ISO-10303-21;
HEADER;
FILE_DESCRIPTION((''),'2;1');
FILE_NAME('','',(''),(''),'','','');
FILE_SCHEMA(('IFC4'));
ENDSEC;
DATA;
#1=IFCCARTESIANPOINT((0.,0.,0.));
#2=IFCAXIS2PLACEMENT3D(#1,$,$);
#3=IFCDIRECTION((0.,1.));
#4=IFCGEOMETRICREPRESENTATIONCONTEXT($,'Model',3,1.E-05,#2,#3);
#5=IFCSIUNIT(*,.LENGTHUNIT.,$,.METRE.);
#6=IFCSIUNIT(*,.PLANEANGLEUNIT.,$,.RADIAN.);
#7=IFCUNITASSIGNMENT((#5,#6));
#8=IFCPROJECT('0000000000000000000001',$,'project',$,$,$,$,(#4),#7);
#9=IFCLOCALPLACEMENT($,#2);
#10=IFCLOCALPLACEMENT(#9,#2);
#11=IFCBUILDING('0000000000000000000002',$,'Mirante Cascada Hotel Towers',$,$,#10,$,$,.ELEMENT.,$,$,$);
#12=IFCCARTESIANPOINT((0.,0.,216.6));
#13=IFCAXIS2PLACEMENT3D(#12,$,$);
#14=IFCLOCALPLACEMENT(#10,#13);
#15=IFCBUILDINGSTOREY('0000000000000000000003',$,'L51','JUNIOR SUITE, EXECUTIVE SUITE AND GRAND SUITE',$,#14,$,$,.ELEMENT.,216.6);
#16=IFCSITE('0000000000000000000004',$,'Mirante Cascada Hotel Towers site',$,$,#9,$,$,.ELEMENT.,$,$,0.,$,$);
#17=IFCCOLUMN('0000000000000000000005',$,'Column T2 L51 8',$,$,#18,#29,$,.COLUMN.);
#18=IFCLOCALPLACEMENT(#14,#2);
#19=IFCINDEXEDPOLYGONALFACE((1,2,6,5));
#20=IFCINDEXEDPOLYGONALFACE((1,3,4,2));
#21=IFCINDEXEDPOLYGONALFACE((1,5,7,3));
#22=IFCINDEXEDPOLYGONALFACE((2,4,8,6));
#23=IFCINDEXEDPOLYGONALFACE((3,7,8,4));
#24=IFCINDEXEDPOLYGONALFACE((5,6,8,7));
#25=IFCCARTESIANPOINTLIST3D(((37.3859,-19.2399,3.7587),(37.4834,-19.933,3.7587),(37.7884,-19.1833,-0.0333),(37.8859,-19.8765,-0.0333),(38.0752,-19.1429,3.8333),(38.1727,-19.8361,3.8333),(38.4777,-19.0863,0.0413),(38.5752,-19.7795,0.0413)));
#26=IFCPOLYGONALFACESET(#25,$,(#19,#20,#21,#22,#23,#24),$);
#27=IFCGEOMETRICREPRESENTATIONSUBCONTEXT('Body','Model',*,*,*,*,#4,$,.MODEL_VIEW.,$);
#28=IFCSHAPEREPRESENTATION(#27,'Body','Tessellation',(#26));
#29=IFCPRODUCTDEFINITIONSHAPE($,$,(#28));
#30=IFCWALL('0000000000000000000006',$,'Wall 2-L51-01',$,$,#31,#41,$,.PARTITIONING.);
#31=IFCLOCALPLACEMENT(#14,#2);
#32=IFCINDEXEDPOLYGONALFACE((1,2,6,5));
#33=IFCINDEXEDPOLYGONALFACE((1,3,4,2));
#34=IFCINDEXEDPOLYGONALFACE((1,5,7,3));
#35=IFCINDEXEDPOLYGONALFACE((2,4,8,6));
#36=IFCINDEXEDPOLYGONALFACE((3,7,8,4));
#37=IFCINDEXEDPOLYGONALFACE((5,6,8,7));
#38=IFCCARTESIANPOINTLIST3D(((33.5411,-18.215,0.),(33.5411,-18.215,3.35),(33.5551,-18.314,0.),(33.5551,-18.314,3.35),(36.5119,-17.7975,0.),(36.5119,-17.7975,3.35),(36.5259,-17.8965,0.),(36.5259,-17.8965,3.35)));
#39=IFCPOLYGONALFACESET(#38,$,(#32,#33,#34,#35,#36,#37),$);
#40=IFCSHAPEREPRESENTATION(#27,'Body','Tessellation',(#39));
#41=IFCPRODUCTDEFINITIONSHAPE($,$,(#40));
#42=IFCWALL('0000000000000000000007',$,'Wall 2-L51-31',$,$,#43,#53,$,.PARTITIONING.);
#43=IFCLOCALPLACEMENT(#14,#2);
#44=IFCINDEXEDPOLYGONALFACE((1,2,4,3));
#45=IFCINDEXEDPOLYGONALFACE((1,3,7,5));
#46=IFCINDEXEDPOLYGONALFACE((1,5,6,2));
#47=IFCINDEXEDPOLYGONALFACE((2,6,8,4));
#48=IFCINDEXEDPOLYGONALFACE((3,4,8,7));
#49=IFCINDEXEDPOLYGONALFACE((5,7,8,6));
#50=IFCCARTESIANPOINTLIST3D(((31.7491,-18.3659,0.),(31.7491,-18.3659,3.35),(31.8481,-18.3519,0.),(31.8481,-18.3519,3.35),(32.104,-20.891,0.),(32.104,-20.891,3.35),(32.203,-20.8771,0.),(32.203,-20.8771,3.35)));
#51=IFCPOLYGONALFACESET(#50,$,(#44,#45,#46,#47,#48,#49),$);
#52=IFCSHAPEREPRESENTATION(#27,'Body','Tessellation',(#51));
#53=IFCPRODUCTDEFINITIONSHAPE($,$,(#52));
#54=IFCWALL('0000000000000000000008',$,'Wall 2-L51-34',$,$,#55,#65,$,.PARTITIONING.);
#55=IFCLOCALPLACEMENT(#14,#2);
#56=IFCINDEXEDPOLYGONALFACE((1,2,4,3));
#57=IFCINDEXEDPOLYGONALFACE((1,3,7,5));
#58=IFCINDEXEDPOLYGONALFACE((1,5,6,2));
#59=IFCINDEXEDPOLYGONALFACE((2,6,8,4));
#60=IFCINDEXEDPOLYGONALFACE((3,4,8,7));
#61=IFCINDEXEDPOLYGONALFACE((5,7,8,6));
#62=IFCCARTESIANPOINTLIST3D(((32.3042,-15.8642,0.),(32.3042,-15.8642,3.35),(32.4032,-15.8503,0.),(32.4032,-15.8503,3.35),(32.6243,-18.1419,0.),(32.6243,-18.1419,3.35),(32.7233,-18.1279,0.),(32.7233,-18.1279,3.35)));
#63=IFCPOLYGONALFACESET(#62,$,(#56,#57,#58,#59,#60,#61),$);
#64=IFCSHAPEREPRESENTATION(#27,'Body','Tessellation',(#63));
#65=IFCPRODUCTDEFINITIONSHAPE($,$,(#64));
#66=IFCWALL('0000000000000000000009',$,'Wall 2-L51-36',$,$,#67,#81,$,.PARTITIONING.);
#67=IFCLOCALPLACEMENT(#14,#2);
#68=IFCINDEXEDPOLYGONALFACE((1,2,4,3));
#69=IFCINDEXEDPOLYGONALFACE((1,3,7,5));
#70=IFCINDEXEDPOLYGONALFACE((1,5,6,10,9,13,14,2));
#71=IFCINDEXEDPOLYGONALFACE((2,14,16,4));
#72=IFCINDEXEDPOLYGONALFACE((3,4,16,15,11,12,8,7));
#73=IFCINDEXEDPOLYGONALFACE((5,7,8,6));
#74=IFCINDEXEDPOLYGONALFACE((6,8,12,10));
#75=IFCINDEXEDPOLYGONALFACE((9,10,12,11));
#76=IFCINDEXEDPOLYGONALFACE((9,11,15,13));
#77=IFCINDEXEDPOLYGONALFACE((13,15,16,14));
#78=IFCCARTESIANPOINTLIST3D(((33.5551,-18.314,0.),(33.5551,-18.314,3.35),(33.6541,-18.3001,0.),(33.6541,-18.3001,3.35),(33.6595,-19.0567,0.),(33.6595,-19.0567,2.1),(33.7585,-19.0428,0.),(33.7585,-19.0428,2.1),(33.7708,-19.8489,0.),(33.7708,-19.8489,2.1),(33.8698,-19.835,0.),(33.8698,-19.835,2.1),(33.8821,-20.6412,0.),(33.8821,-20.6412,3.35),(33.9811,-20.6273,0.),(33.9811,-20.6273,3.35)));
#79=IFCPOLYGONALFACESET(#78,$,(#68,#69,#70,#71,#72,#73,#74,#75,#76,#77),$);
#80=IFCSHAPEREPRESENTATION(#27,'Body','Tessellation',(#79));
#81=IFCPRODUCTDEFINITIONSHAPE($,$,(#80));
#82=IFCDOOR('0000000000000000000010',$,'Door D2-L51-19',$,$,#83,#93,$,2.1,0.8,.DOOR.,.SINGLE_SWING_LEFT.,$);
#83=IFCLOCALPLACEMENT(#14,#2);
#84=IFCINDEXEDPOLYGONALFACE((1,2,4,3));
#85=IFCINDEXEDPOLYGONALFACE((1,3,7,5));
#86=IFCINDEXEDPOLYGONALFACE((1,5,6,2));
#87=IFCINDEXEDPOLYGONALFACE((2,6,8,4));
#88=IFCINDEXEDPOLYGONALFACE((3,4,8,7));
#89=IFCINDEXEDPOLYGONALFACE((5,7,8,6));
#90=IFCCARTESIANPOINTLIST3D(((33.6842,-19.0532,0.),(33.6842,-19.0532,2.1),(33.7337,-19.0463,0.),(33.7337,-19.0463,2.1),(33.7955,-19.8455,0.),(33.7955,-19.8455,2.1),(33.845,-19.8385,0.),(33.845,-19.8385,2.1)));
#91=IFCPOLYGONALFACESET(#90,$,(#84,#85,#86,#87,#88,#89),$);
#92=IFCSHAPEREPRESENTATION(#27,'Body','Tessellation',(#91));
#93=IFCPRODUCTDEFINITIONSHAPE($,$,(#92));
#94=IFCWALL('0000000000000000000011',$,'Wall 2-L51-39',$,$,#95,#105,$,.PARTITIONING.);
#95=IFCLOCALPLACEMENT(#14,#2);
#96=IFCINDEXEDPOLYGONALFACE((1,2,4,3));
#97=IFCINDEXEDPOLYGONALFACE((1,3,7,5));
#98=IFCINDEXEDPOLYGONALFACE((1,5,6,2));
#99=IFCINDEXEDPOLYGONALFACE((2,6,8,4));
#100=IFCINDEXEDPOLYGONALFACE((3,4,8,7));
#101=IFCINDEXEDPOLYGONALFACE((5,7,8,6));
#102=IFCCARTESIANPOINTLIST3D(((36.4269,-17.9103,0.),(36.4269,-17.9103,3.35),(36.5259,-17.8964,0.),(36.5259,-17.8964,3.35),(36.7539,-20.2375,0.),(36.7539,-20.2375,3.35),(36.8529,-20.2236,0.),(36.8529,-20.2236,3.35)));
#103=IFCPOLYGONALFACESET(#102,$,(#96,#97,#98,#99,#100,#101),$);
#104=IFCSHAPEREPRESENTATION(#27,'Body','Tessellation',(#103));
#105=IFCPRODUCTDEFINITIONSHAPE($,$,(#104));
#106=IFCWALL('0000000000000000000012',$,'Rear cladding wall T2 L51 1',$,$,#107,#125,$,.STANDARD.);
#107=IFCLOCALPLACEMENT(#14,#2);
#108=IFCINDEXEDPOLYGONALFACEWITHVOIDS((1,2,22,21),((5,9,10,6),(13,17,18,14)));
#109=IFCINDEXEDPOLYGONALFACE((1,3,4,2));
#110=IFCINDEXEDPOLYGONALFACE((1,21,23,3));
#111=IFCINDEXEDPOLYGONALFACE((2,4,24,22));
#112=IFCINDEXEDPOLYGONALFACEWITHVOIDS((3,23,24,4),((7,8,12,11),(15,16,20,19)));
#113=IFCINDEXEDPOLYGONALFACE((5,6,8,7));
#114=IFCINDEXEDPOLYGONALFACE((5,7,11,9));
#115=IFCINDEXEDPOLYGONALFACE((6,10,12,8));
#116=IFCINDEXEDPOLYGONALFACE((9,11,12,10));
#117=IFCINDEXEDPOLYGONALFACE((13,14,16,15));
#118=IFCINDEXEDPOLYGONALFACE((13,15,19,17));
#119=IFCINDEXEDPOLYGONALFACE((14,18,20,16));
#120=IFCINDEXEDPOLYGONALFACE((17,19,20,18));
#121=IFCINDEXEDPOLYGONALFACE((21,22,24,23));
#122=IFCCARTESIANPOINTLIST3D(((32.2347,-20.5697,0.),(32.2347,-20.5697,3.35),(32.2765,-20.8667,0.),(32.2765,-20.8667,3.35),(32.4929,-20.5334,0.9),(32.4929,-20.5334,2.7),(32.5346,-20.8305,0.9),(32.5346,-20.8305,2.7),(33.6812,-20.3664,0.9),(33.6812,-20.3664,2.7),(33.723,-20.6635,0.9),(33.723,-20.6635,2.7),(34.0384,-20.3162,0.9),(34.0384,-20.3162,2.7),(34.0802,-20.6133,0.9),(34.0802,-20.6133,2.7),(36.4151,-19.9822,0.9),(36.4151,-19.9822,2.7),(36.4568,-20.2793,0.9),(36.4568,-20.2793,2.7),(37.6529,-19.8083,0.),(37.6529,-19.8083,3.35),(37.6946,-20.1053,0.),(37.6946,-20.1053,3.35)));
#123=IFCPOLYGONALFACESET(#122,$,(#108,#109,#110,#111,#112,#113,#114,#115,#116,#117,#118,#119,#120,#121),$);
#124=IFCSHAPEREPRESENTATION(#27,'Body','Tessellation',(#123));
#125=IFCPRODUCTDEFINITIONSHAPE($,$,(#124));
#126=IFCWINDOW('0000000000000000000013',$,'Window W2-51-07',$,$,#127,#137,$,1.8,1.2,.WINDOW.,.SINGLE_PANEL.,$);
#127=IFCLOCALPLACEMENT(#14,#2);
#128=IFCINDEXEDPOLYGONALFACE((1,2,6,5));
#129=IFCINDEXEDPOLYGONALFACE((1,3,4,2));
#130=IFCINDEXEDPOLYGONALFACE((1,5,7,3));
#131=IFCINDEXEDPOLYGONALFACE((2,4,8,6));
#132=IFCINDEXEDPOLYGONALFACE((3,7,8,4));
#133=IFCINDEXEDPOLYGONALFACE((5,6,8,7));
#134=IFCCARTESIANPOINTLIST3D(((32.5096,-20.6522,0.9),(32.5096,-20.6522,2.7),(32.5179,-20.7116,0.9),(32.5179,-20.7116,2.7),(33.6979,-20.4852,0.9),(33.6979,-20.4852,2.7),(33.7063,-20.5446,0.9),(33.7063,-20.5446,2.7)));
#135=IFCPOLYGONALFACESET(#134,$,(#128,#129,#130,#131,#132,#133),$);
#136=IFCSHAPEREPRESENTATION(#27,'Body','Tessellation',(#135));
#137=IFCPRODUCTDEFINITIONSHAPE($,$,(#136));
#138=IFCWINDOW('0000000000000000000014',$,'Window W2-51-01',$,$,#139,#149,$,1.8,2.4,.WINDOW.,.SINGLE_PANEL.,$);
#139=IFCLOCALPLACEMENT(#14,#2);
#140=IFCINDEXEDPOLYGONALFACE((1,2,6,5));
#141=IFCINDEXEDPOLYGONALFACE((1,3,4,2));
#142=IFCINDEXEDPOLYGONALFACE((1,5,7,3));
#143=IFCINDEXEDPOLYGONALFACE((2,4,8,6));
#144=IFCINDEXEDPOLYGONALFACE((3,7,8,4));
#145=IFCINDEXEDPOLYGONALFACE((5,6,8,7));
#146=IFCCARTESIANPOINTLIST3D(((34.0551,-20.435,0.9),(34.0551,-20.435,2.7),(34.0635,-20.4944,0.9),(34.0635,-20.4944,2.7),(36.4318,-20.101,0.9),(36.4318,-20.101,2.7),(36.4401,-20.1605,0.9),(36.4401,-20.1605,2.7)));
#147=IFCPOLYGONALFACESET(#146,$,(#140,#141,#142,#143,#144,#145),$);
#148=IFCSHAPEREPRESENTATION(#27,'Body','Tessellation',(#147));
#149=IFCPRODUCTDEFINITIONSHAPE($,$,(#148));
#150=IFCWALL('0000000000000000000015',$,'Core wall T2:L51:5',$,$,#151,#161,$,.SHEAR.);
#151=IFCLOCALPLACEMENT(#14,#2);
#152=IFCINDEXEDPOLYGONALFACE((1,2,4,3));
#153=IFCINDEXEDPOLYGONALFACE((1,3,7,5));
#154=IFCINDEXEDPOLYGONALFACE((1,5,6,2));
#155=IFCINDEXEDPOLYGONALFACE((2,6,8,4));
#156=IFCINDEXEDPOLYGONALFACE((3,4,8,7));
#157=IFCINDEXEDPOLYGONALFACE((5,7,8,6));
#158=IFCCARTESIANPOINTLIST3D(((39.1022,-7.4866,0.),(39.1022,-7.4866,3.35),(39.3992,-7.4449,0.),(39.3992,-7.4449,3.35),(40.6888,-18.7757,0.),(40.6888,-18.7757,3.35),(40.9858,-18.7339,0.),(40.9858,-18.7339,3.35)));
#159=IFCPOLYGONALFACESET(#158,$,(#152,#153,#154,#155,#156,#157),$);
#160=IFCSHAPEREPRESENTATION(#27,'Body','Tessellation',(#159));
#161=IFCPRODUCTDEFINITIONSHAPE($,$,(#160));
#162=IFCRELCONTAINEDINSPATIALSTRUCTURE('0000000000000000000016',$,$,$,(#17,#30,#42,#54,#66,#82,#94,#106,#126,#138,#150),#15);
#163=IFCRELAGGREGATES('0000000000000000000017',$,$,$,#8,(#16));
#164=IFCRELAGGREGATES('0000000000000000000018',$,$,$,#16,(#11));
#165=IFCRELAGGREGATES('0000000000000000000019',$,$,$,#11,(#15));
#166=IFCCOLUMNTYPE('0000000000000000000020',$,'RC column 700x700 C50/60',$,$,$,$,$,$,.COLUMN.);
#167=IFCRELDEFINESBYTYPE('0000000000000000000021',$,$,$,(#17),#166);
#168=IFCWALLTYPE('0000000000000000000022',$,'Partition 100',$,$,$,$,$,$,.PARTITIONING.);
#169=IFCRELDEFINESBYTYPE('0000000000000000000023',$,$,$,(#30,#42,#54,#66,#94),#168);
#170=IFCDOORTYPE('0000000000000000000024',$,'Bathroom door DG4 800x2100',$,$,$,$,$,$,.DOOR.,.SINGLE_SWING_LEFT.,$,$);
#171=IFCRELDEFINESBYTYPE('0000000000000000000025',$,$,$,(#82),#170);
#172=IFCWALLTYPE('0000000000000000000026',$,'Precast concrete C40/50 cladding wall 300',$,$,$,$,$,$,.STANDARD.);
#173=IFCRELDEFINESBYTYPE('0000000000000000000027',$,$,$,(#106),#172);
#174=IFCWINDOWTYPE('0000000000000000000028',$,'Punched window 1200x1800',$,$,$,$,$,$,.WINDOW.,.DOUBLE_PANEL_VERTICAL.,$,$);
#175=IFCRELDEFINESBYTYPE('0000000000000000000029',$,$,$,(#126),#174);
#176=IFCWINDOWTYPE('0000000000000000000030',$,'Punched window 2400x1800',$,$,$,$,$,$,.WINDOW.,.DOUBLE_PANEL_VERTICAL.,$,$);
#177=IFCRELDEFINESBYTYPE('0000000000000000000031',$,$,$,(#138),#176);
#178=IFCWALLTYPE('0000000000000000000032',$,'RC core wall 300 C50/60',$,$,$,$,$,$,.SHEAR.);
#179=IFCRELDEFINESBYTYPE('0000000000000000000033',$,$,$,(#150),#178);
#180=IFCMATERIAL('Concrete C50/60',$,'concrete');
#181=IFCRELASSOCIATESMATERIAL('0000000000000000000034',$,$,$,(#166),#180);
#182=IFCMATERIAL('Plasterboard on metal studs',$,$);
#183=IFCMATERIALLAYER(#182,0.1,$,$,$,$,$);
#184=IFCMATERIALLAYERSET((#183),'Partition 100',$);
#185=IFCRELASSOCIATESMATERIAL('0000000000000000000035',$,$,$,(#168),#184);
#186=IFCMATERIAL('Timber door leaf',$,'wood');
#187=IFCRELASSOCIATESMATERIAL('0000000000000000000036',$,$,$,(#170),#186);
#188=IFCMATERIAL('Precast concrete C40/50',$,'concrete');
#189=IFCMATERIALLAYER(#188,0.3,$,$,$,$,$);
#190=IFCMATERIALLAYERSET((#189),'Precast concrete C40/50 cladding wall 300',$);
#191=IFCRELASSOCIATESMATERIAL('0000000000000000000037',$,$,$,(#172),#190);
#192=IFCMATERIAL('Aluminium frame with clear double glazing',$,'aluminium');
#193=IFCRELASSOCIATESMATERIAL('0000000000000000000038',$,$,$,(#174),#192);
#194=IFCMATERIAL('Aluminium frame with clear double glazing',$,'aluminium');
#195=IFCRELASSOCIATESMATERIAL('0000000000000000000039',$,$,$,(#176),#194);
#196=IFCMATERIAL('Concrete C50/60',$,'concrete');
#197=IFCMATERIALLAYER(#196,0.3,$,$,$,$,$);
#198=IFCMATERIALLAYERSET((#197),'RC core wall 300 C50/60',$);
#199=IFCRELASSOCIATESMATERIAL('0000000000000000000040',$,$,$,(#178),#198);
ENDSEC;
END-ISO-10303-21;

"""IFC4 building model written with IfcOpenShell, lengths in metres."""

from ifc_helpers import new_model, si_unit, direction, frame, frame_2d, origin, origin_2d, place, context, subcontext, project, spatial, rectangle, extrude, material, layer, layer_set, material_profile, profile_set, type_object, element, fill, save


model = new_model("IFC4")

# Units and contexts
model_context = context("Model", 3, precision=1e-05, world=origin(), true_north=direction((0.0, 1.0)))
body_context = subcontext(model_context, "Body", "Model", "MODEL_VIEW")
ifc_project = project(units=[si_unit("LENGTHUNIT", "METRE"), si_unit("PLANEANGLEUNIT", "RADIAN")], contexts=[model_context])

# Site, building, storey
site_placement = place(None, origin())
site = spatial("IfcSite", under=ifc_project, at=site_placement, Name="Mirante Cascada Hotel Towers site", CompositionType="ELEMENT", RefElevation=0.0)
building_placement = place(site_placement, origin())
building = spatial("IfcBuilding", under=site, at=building_placement, Name="Mirante Cascada Hotel Towers", CompositionType="ELEMENT")
storey_placement = place(building_placement, frame((0.0, 0.0, 216.6)))
storey = spatial("IfcBuildingStorey", under=building, at=storey_placement, Name="L51", Description="JUNIOR SUITE, EXECUTIVE SUITE AND GRAND SUITE", CompositionType="ELEMENT", Elevation=216.6)

# Column
ifc_material_1 = material(Name="Concrete C50/60", Category="concrete")
ifc_material_profile = material_profile(ifc_material_1, rectangle(XDim=0.7, YDim=0.7, at=origin_2d()), Name="RC column 700x700 C50/60")
ifc_profile_set = profile_set([ifc_material_profile], Name="Concrete C50/60")
column_type = type_object("IfcColumnType", Name="RC column 700x700 C50/60", PredefinedType="COLUMN", material=ifc_profile_set)
column_placement = place(storey_placement, frame((38.1818, -19.4814, 0.004), z_axis=(-0.10554, -0.014841, 0.994304), x_axis=(0.139251, -0.990257, 0.0)))
element("IfcColumn", 1, at=column_placement, inside=storey, type_object=column_type, Name="Column T2 L51 8", PredefinedType="COLUMN", context=body_context, shape_type="SweptSolid", body=[
    extrude(rectangle(XDim=0.7, YDim=0.7, at=origin_2d()), origin(), (0.0, 0.0, 1.0), 3.8137),
])

# Walls
ifc_material_2 = material(Name="Plasterboard on metal studs")
ifc_layer_1 = layer(ifc_material_2, 0.1)
ifc_layer_set_1 = layer_set([ifc_layer_1], Name="Partition 100")
wall_type_1 = type_object("IfcWallType", Name="Partition 100", PredefinedType="PARTITIONING", material=ifc_layer_set_1)
wall_1_placement = place(storey_placement, frame((36.5189, -17.847, 0.0), z_axis=(0.0, 0.0, 1.0), x_axis=(-0.990269, -0.139167, 0.0)))
element("IfcWall", 2, at=wall_1_placement, inside=storey, type_object=wall_type_1, Name="Wall 2-L51-01", PredefinedType="PARTITIONING", context=body_context, shape_type="SweptSolid", body=[
    extrude(rectangle(XDim=3.0, YDim=0.1, at=frame_2d((1.5, 0.0))), origin(), (0.0, 0.0, 1.0), 3.35),
])
wall_2_placement = place(storey_placement, frame((31.7986, -18.3589, 0.0), z_axis=(0.0, 0.0, 1.0), x_axis=(0.139176, -0.990268, 0.0)))
element("IfcWall", 3, at=wall_2_placement, inside=storey, type_object=wall_type_1, Name="Wall 2-L51-31", PredefinedType="PARTITIONING", context=body_context, shape_type="SweptSolid", body=[
    extrude(rectangle(XDim=2.55, YDim=0.1, at=frame_2d((1.275, 0.0))), origin(), (0.0, 0.0, 1.0), 3.35),
])
wall_3_placement = place(storey_placement, frame((32.6738, -18.1349, 0.0), z_axis=(0.0, 0.0, 1.0), x_axis=(-0.139175, 0.990268, 0.0)))
element("IfcWall", 4, at=wall_3_placement, inside=storey, type_object=wall_type_1, Name="Wall 2-L51-34", PredefinedType="PARTITIONING", context=body_context, shape_type="SweptSolid", body=[
    extrude(rectangle(XDim=2.3, YDim=0.1, at=frame_2d((1.15, 0.0))), origin(), (0.0, 0.0, 1.0), 3.35),
])

# Wall, opening, door
wall_4_placement = place(storey_placement, frame((33.9316, -20.6342, 0.0), z_axis=(0.0, 0.0, 1.0), x_axis=(-0.139145, 0.990272, 0.0)))
wall_4 = element("IfcWall", 5, at=wall_4_placement, inside=storey, type_object=wall_type_1, Name="Wall 2-L51-36", PredefinedType="PARTITIONING", context=body_context, shape_type="SweptSolid", body=[
    extrude(rectangle(XDim=2.3501, YDim=0.1, at=frame_2d((1.175, 0.0))), origin(), (0.0, 0.0, 1.0), 3.35),
])
opening_1_placement = place(wall_4_placement, frame((0.8, 0.0, 0.0)))
opening_1 = element("IfcOpeningElement", 6, at=opening_1_placement, cuts=wall_4, PredefinedType="OPENING", context=body_context, shape_type="SweptSolid", body=[
    extrude(rectangle(XDim=0.8, YDim=2.1, at=frame_2d((0.4, 1.05))), frame((0.0, 0.05, 0.0), z_axis=(0.0, -1.0, 0.0), x_axis=(1.0, 0.0, 0.0)), (0.0, 0.0, 1.0), 0.1),
])
ifc_material_3 = material(Name="Timber door leaf", Category="wood")
door_type_1 = type_object("IfcDoorType", Name="Bathroom door DG4 800x2100", OperationType="SINGLE_SWING_LEFT", PredefinedType="DOOR", material=ifc_material_3)
door_1_placement = place(opening_1_placement, origin())
door_1 = element("IfcDoor", 7, at=door_1_placement, inside=storey, type_object=door_type_1, Name="Door D2-L51-19", OperationType="SINGLE_SWING_LEFT", OverallHeight=2.1, OverallWidth=0.8, PredefinedType="DOOR", context=body_context, shape_type="SweptSolid", body=[
    extrude(rectangle(XDim=0.8, YDim=2.1, at=frame_2d((0.4, 1.05))), frame((0.0, 0.025, 0.0), z_axis=(0.0, -1.0, 0.0), x_axis=(1.0, 0.0, 0.0)), (0.0, 0.0, 1.0), 0.05),
])
fill(opening_1, door_1)

# Wall
wall_5_placement = place(storey_placement, frame((36.4764, -17.9034, 0.0), z_axis=(0.0, 0.0, 1.0), x_axis=(0.139145, -0.990272, 0.0)))
element("IfcWall", 8, at=wall_5_placement, inside=storey, type_object=wall_type_1, Name="Wall 2-L51-39", PredefinedType="PARTITIONING", context=body_context, shape_type="SweptSolid", body=[
    extrude(rectangle(XDim=2.3501, YDim=0.1, at=frame_2d((1.175, 0.0))), origin(), (0.0, 0.0, 1.0), 3.35),
])

# Wall, openings, windows
ifc_material_4 = material(Name="Precast concrete C40/50", Category="concrete")
ifc_layer_2 = layer(ifc_material_4, 0.3)
ifc_layer_set_2 = layer_set([ifc_layer_2], Name="Precast concrete C40/50 cladding wall 300")
wall_type_2 = type_object("IfcWallType", Name="Precast concrete C40/50 cladding wall 300", PredefinedType="STANDARD", material=ifc_layer_set_2)
wall_6_placement = place(storey_placement, frame((32.2556, -20.7182, 0.0), z_axis=(0.0, 0.0, 1.0), x_axis=(0.99027, 0.139159, 0.0)))
wall_6 = element("IfcWall", 9, at=wall_6_placement, inside=storey, type_object=wall_type_2, Name="Rear cladding wall T2 L51 1", PredefinedType="STANDARD", context=body_context, shape_type="SweptSolid", body=[
    extrude(rectangle(XDim=5.4714, YDim=0.3, at=frame_2d((2.7357, 0.0))), origin(), (0.0, 0.0, 1.0), 3.35),
])
opening_2_placement = place(wall_6_placement, frame((1.8214, 0.0, 0.9)))
opening_2 = element("IfcOpeningElement", 10, at=opening_2_placement, cuts=wall_6, PredefinedType="OPENING", context=body_context, shape_type="SweptSolid", body=[
    extrude(rectangle(XDim=2.4, YDim=1.8, at=frame_2d((1.2, 0.9))), frame((0.0, 0.15, 0.0), z_axis=(0.0, -1.0, 0.0), x_axis=(1.0, 0.0, 0.0)), (0.0, 0.0, 1.0), 0.3),
])
opening_3_placement = place(wall_6_placement, frame((0.2607, 0.0, 0.9)))
opening_3 = element("IfcOpeningElement", 11, at=opening_3_placement, cuts=wall_6, PredefinedType="OPENING", context=body_context, shape_type="SweptSolid", body=[
    extrude(rectangle(XDim=1.2, YDim=1.8, at=frame_2d((0.6, 0.9))), frame((0.0, 0.15, 0.0), z_axis=(0.0, -1.0, 0.0), x_axis=(1.0, 0.0, 0.0)), (0.0, 0.0, 1.0), 0.3),
])
ifc_material_5 = material(Name="Aluminium frame with clear double glazing", Category="aluminium")
window_type_1 = type_object("IfcWindowType", Name="Punched window 1200x1800", PartitioningType="DOUBLE_PANEL_VERTICAL", PredefinedType="WINDOW", material=ifc_material_5)
window_1_placement = place(opening_3_placement, origin())
window_1 = element("IfcWindow", 12, at=window_1_placement, inside=storey, type_object=window_type_1, Name="Window W2-51-07", OverallHeight=1.8, OverallWidth=1.2, PartitioningType="SINGLE_PANEL", PredefinedType="WINDOW", context=body_context, shape_type="SweptSolid", body=[
    extrude(rectangle(XDim=1.2, YDim=1.8, at=frame_2d((0.6, 0.9))), frame((0.0, 0.03, 0.0), z_axis=(0.0, -1.0, 0.0), x_axis=(1.0, 0.0, 0.0)), (0.0, 0.0, 1.0), 0.06),
])
fill(opening_3, window_1)
ifc_material_6 = material(Name="Aluminium frame with clear double glazing", Category="aluminium")
window_type_2 = type_object("IfcWindowType", Name="Punched window 2400x1800", PartitioningType="DOUBLE_PANEL_VERTICAL", PredefinedType="WINDOW", material=ifc_material_6)
window_2_placement = place(opening_2_placement, origin())
window_2 = element("IfcWindow", 13, at=window_2_placement, inside=storey, type_object=window_type_2, Name="Window W2-51-01", OverallHeight=1.8, OverallWidth=2.4, PartitioningType="SINGLE_PANEL", PredefinedType="WINDOW", context=body_context, shape_type="SweptSolid", body=[
    extrude(rectangle(XDim=2.4, YDim=1.8, at=frame_2d((1.2, 0.9))), frame((0.0, 0.03, 0.0), z_axis=(0.0, -1.0, 0.0), x_axis=(1.0, 0.0, 0.0)), (0.0, 0.0, 1.0), 0.06),
])
fill(opening_2, window_2)

# Wall
ifc_material_7 = material(Name="Concrete C50/60", Category="concrete")
ifc_layer_3 = layer(ifc_material_7, 0.3)
ifc_layer_set_3 = layer_set([ifc_layer_3], Name="RC core wall 300 C50/60")
wall_type_3 = type_object("IfcWallType", Name="RC core wall 300 C50/60", PredefinedType="SHEAR", material=ifc_layer_set_3)
wall_7_placement = place(storey_placement, frame((40.8373, -18.7548, 0.0), z_axis=(0.0, 0.0, 1.0), x_axis=(-0.139175, 0.990268, 0.0)))
element("IfcWall", 14, at=wall_7_placement, inside=storey, type_object=wall_type_3, Name="Core wall T2:L51:5", PredefinedType="SHEAR", context=body_context, shape_type="SweptSolid", body=[
    extrude(rectangle(XDim=11.4, YDim=0.3, at=frame_2d((5.7, 0.0))), origin(), (0.0, 0.0, 1.0), 3.35),
])

save(model, "model.ifc")
